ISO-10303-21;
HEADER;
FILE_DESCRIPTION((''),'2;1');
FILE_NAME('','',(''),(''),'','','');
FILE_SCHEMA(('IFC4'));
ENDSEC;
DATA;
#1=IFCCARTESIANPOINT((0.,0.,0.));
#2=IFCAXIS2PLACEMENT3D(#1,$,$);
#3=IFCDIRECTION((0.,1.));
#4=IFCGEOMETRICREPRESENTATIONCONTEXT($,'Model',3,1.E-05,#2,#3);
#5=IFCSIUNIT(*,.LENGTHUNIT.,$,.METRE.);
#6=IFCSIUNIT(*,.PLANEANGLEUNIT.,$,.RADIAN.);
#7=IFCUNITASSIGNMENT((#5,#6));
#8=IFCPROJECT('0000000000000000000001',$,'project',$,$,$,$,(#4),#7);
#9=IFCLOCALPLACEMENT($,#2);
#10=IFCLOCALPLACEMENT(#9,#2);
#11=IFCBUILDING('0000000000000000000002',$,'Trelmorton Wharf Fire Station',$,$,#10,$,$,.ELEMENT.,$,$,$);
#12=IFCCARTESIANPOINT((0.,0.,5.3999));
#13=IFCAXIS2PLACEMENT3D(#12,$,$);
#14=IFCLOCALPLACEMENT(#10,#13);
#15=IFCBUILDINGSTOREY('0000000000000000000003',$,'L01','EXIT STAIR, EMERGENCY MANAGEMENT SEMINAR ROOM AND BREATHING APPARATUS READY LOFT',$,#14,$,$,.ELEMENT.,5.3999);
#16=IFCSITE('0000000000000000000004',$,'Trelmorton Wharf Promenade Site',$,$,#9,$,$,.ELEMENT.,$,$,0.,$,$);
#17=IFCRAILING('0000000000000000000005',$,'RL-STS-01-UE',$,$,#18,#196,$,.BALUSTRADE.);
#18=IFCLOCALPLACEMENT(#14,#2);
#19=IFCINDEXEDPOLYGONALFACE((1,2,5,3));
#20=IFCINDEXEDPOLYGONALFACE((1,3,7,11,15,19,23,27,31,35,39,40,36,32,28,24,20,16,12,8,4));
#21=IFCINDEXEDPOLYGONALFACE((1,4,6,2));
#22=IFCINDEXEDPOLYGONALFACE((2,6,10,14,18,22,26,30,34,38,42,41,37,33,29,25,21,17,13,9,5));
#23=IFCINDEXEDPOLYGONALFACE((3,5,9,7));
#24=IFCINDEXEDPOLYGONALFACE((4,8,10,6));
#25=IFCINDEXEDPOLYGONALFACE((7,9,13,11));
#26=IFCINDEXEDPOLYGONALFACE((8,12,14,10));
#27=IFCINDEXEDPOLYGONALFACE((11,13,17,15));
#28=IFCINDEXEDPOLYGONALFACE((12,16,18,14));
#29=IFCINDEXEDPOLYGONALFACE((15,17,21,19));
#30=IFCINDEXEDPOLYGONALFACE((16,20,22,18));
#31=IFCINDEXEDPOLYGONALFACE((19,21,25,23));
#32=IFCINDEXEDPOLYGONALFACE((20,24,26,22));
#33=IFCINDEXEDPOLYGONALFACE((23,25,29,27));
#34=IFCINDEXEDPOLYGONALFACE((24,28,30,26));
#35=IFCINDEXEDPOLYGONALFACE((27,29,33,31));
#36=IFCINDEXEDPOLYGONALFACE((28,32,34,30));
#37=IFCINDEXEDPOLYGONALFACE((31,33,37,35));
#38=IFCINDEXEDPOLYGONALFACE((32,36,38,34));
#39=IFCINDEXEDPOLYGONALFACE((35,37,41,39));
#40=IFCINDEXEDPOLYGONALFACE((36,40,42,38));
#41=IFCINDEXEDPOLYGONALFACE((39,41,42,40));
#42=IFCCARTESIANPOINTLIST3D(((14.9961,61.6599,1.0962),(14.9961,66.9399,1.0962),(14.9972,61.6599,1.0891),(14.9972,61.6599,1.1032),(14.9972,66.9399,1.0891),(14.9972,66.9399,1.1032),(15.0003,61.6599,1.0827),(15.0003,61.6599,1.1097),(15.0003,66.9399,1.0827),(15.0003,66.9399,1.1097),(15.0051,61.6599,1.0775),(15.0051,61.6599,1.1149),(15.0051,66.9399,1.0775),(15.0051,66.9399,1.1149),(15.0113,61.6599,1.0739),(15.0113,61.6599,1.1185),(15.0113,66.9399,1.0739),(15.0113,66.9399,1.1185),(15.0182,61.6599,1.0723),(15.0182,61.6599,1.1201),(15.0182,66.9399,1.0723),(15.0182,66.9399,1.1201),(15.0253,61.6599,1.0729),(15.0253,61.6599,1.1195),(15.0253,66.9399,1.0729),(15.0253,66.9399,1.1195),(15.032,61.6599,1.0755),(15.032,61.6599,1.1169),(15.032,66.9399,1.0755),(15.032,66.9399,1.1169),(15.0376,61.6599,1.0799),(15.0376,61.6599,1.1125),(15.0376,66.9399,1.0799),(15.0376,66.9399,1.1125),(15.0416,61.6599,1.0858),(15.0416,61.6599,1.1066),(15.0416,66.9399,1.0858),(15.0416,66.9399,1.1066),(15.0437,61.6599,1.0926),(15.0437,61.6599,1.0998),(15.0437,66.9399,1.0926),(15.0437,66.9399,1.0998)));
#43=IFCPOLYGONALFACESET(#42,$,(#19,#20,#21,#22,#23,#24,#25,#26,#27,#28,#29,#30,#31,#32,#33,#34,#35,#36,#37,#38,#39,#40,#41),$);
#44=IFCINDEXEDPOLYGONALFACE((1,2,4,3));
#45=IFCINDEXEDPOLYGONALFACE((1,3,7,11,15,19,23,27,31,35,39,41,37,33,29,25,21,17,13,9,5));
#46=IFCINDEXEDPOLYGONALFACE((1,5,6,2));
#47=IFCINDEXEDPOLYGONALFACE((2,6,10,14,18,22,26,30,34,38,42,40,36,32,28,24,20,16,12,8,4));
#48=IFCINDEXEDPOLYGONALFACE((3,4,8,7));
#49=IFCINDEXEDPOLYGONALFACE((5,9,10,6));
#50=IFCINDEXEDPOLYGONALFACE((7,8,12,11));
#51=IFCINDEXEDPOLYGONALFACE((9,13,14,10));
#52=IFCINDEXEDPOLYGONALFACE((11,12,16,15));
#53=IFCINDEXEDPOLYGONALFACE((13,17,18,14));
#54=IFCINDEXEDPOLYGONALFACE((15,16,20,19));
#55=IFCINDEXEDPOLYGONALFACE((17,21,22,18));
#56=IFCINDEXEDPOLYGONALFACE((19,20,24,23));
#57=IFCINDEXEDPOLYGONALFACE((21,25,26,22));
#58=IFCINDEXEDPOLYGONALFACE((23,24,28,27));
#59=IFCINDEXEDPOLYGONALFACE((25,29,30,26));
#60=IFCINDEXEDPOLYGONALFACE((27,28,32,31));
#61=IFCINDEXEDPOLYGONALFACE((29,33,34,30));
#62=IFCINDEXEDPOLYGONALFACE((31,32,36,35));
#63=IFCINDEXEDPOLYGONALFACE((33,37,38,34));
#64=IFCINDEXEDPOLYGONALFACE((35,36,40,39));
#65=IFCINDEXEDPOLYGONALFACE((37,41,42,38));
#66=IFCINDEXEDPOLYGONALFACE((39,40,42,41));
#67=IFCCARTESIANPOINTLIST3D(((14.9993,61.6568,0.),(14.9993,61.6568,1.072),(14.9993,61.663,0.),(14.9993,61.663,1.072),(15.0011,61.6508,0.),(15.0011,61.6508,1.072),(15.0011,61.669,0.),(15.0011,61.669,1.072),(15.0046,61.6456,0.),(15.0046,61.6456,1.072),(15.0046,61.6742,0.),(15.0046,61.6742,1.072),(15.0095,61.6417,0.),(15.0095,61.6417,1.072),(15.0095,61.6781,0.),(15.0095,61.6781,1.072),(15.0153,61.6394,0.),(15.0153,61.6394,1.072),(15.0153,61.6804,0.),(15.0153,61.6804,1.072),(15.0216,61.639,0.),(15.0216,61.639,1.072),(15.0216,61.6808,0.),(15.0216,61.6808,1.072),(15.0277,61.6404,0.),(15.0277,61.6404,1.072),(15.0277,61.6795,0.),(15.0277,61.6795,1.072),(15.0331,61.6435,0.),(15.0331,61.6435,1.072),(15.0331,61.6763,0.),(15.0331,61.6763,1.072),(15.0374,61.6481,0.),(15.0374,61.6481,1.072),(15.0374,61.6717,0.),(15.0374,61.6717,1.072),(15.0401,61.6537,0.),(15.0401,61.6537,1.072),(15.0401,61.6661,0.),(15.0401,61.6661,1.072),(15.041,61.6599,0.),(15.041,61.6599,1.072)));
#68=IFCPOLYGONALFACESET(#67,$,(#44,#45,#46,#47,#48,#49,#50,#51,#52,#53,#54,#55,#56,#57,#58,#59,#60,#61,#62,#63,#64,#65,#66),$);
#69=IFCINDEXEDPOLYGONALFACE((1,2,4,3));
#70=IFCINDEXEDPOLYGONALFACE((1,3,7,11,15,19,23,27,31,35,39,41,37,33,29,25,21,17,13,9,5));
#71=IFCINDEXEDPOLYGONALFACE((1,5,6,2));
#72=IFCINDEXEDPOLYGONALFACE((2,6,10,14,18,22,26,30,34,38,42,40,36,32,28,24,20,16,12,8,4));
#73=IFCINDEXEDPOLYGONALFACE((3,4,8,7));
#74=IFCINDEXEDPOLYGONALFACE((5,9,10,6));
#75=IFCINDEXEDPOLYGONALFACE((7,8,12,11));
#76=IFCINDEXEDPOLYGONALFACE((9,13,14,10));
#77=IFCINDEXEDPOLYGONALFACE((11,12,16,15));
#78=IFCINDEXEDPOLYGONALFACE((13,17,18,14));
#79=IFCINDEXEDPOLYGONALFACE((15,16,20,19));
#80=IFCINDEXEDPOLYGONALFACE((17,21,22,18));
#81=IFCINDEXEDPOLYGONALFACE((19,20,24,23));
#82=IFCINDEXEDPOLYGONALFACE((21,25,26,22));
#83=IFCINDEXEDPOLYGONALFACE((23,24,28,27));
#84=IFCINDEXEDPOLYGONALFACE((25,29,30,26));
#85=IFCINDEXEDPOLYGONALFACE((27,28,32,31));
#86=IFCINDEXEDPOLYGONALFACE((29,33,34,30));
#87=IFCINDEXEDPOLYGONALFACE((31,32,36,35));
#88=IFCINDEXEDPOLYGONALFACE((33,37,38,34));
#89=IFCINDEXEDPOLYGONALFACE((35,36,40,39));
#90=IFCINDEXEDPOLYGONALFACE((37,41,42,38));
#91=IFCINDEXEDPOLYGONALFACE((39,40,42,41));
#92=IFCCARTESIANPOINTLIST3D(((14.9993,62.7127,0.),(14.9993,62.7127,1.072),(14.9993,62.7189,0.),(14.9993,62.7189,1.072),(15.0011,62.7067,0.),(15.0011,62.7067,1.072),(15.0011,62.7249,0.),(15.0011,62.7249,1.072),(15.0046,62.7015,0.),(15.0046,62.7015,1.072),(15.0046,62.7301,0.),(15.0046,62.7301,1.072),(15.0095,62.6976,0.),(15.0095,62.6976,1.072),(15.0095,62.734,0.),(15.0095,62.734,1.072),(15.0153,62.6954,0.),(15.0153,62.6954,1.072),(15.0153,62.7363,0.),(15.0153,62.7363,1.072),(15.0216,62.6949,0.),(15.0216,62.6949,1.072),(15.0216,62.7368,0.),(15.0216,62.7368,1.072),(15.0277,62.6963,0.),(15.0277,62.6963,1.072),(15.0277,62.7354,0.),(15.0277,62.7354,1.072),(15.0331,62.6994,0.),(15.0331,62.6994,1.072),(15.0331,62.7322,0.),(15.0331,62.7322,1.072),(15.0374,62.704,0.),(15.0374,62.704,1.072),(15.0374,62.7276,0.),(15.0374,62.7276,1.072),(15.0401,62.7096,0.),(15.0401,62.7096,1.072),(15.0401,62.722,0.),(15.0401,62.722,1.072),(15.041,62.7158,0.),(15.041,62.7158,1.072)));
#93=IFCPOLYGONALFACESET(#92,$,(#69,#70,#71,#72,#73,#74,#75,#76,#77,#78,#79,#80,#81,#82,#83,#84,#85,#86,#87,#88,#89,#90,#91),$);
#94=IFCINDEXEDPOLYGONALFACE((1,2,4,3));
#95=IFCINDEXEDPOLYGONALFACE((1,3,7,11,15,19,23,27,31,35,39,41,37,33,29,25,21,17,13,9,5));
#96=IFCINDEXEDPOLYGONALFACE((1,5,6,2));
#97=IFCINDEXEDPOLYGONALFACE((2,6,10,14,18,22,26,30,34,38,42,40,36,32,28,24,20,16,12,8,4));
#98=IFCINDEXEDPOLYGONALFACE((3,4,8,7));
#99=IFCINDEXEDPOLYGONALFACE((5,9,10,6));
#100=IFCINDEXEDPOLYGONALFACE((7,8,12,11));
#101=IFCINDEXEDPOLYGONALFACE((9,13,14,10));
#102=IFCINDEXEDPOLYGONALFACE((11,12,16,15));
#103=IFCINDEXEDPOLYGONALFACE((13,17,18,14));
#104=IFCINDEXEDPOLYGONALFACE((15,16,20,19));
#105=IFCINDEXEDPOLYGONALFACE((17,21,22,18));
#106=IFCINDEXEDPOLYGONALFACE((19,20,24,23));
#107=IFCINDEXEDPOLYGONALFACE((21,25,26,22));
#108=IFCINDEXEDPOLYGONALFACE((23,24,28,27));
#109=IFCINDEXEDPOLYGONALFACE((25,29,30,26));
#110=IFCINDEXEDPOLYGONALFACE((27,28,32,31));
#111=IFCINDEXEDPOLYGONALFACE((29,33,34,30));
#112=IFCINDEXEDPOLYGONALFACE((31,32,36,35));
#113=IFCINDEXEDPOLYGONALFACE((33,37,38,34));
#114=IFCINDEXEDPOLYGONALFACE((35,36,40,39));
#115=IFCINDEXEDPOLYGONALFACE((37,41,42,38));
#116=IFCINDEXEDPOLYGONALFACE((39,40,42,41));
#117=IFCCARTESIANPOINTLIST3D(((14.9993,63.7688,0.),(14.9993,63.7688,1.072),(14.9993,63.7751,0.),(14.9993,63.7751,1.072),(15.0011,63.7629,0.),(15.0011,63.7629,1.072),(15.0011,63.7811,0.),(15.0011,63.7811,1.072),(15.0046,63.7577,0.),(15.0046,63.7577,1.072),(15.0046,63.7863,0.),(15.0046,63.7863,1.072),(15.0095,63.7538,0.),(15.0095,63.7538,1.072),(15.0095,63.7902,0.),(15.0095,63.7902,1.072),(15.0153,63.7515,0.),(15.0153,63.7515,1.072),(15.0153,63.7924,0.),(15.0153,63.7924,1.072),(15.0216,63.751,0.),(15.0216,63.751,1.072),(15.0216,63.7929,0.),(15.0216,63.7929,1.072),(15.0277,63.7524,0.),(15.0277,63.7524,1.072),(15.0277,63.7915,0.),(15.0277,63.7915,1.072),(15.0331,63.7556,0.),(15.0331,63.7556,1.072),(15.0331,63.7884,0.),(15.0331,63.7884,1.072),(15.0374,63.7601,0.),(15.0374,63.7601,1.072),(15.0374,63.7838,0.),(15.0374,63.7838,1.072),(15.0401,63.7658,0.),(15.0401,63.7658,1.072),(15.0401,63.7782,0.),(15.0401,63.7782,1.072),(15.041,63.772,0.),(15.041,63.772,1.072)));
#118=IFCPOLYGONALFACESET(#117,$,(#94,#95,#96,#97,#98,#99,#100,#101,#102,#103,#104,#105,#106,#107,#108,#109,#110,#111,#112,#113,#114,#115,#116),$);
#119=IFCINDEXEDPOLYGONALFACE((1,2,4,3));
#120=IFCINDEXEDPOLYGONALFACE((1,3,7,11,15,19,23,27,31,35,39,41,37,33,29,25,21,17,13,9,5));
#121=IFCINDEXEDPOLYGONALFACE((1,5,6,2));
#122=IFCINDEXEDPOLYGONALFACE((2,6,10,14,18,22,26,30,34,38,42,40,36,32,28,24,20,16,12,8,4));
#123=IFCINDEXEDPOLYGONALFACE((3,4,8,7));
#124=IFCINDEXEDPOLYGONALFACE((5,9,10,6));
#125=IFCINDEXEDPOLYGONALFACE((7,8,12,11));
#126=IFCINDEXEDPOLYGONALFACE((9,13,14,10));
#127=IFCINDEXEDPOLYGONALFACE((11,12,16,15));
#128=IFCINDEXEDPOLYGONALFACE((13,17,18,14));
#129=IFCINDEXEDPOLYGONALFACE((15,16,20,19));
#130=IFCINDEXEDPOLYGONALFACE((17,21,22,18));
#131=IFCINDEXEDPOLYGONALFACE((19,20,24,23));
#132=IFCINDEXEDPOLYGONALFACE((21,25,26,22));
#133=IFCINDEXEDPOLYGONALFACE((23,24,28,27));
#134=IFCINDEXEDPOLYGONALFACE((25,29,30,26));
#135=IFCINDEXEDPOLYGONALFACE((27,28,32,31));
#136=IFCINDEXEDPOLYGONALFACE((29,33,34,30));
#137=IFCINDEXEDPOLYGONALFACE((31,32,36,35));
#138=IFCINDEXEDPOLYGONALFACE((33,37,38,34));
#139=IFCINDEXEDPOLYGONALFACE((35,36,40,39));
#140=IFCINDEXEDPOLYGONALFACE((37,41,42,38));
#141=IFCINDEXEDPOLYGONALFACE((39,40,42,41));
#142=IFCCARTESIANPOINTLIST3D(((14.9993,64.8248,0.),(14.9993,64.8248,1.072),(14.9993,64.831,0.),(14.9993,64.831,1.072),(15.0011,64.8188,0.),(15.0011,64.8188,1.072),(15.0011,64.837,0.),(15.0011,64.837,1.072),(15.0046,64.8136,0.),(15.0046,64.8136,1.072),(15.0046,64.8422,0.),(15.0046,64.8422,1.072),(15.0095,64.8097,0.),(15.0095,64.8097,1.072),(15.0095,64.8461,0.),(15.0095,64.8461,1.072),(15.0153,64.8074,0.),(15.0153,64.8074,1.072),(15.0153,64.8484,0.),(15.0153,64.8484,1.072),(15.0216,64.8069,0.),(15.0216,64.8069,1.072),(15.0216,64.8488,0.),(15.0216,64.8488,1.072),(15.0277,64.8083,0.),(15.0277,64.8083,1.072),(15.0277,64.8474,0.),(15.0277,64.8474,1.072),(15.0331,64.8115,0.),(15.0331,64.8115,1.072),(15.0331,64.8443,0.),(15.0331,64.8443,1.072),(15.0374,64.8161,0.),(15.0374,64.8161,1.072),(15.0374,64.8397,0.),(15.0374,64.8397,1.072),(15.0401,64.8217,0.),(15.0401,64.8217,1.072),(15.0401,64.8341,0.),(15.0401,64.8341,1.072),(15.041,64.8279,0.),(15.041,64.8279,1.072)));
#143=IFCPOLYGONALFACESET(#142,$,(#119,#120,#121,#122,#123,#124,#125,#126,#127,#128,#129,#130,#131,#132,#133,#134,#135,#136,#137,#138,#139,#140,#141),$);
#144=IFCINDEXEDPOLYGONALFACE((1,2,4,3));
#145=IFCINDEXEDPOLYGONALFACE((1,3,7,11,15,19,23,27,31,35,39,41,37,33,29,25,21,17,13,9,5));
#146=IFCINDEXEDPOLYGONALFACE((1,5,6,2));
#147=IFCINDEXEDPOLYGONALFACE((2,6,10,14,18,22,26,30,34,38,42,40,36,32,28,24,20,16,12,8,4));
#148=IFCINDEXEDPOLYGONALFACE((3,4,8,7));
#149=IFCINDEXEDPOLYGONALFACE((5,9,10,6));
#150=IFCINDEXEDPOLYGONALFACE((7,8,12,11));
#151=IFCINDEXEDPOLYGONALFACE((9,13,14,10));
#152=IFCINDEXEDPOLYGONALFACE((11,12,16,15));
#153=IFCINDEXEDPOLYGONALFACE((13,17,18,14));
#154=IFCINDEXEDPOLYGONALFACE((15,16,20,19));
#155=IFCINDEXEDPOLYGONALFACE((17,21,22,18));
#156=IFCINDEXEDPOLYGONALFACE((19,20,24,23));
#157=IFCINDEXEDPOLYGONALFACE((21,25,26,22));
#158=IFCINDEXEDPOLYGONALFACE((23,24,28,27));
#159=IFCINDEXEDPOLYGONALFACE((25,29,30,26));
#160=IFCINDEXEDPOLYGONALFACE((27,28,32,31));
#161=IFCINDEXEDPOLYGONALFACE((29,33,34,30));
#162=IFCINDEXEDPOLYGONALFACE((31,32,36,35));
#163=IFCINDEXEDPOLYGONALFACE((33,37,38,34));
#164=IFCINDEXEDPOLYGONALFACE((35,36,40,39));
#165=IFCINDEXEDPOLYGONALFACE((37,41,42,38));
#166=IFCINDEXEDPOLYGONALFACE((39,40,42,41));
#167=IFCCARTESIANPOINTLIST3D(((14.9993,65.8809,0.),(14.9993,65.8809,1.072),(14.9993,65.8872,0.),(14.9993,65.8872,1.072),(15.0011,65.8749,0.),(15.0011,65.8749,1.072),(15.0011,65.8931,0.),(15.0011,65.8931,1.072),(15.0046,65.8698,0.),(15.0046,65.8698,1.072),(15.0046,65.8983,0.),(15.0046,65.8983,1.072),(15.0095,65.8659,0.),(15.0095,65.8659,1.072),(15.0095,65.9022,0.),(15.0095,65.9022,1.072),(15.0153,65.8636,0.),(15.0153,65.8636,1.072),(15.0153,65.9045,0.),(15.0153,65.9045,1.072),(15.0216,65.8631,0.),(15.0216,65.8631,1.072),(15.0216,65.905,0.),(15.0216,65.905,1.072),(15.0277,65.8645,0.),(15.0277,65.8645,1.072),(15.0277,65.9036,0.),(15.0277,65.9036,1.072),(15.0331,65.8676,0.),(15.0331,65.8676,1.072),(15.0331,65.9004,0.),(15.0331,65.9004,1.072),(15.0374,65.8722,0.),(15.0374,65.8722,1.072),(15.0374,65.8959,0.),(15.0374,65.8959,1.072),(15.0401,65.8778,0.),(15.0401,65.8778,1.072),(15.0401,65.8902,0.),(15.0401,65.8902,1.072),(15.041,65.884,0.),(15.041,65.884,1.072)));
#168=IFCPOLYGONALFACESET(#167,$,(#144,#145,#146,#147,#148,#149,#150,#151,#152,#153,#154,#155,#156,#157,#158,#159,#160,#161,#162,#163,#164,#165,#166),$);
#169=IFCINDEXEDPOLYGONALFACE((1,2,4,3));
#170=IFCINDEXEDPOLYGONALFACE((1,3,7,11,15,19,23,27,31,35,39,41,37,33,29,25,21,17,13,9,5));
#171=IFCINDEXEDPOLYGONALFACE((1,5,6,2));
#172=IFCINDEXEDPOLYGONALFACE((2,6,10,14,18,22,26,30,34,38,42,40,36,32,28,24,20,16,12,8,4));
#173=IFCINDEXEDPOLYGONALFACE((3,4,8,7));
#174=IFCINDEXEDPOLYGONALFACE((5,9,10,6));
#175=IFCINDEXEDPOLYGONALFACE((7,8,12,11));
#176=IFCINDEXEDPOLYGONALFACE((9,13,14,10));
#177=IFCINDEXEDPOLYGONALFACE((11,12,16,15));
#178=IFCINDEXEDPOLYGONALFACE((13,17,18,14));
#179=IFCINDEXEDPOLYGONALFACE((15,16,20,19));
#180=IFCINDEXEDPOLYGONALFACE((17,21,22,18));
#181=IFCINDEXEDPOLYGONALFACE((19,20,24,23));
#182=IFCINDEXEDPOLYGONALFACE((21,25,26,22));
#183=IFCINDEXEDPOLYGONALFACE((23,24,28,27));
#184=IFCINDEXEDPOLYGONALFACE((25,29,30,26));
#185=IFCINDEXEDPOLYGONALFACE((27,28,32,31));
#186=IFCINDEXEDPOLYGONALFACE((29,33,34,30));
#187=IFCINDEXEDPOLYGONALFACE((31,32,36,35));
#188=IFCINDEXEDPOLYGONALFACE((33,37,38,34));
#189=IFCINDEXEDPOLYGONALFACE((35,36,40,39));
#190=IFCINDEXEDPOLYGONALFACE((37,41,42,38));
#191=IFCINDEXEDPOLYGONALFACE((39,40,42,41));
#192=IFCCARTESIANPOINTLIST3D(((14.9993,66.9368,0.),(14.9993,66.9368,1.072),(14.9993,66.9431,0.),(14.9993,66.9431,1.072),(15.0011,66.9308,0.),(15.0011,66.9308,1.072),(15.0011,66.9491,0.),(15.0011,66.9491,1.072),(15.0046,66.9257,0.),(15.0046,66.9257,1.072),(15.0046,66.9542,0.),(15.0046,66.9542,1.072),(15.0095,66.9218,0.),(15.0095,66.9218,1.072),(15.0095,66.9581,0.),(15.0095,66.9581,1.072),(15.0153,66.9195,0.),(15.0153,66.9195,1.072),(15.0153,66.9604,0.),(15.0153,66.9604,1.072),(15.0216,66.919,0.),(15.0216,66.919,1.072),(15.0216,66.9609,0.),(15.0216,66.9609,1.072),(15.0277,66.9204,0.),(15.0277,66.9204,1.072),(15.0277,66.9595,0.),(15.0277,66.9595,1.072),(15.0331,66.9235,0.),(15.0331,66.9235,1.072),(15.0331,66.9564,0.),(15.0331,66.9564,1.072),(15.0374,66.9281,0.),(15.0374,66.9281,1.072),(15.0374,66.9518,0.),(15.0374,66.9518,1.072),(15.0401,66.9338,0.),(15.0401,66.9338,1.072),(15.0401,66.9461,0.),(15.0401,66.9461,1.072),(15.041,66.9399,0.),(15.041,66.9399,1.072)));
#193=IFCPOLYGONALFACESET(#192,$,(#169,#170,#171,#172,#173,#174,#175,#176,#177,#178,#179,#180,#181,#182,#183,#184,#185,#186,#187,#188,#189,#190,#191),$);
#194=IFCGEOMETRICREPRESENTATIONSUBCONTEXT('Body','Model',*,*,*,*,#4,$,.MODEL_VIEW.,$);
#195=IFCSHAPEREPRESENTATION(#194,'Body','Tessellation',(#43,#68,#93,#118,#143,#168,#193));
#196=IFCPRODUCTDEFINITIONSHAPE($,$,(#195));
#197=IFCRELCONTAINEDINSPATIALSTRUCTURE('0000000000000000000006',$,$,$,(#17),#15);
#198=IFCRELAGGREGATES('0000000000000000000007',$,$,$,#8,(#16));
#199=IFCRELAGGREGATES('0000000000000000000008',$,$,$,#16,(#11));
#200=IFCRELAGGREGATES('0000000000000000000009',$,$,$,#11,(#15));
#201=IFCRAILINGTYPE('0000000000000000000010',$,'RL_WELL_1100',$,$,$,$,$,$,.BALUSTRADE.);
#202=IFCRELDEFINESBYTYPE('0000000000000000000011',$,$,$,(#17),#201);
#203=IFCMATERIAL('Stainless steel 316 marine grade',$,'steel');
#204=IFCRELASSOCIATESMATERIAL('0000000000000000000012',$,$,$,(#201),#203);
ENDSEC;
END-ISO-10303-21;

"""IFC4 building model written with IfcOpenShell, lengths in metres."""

from ifc_helpers import new_model, si_unit, direction, frame, origin, origin_2d, place, context, subcontext, project, spatial, circle, extrude, material, type_object, element, save


model = new_model("IFC4")

# Units and contexts
model_context = context("Model", 3, precision=1e-05, world=origin(), true_north=direction((0.0, 1.0)))
body_context = subcontext(model_context, "Body", "Model", "MODEL_VIEW")
ifc_project = project(units=[si_unit("LENGTHUNIT", "METRE"), si_unit("PLANEANGLEUNIT", "RADIAN")], contexts=[model_context])

# Site, building, storey
site_placement = place(None, origin())
site = spatial("IfcSite", under=ifc_project, at=site_placement, Name="Trelmorton Wharf Promenade Site", CompositionType="ELEMENT", RefElevation=0.0)
building_placement = place(site_placement, origin())
building = spatial("IfcBuilding", under=site, at=building_placement, Name="Trelmorton Wharf Fire Station", CompositionType="ELEMENT")
storey_placement = place(building_placement, frame((0.0, 0.0, 5.3999)))
storey = spatial("IfcBuildingStorey", under=building, at=storey_placement, Name="L01", Description="EXIT STAIR, EMERGENCY MANAGEMENT SEMINAR ROOM AND BREATHING APPARATUS READY LOFT", CompositionType="ELEMENT", Elevation=5.3999)

# Railing
ifc_material_1 = material(Name="Stainless steel 316 marine grade", Category="steel")
railing_type = type_object("IfcRailingType", Name="RL_WELL_1100", PredefinedType="BALUSTRADE", material=ifc_material_1)
railing_1_placement = place(storey_placement, frame((15.02, 61.6599, 0.0)))
element("IfcRailing", 1, at=railing_1_placement, inside=storey, type_object=railing_type, Name="RL-STS-01-UE", PredefinedType="BALUSTRADE", context=body_context, shape_type="SweptSolid", body=[
    extrude(circle(Radius=0.0239, at=origin_2d()), frame((0.0, 0.0, 1.0962), z_axis=(0.0, 1.0, 0.0), x_axis=(-1.0, 0.0, 0.0)), (0.0, 0.0, 1.0), 5.28),
    extrude(circle(Radius=0.021, at=origin_2d()), origin(), (0.0, 0.0, 1.0), 1.072),
    extrude(circle(Radius=0.021, at=origin_2d()), frame((0.0, 1.0559, 0.0)), (0.0, 0.0, 1.0), 1.072),
    extrude(circle(Radius=0.021, at=origin_2d()), frame((0.0, 2.1121, 0.0)), (0.0, 0.0, 1.0), 1.072),
    extrude(circle(Radius=0.021, at=origin_2d()), frame((0.0, 3.168, 0.0)), (0.0, 0.0, 1.0), 1.072),
    extrude(circle(Radius=0.021, at=origin_2d()), frame((0.0, 4.2241, 0.0)), (0.0, 0.0, 1.0), 1.072),
    extrude(circle(Radius=0.021, at=origin_2d()), frame((0.0, 5.28, 0.0)), (0.0, 0.0, 1.0), 1.072),
])

save(model, "model.ifc")
